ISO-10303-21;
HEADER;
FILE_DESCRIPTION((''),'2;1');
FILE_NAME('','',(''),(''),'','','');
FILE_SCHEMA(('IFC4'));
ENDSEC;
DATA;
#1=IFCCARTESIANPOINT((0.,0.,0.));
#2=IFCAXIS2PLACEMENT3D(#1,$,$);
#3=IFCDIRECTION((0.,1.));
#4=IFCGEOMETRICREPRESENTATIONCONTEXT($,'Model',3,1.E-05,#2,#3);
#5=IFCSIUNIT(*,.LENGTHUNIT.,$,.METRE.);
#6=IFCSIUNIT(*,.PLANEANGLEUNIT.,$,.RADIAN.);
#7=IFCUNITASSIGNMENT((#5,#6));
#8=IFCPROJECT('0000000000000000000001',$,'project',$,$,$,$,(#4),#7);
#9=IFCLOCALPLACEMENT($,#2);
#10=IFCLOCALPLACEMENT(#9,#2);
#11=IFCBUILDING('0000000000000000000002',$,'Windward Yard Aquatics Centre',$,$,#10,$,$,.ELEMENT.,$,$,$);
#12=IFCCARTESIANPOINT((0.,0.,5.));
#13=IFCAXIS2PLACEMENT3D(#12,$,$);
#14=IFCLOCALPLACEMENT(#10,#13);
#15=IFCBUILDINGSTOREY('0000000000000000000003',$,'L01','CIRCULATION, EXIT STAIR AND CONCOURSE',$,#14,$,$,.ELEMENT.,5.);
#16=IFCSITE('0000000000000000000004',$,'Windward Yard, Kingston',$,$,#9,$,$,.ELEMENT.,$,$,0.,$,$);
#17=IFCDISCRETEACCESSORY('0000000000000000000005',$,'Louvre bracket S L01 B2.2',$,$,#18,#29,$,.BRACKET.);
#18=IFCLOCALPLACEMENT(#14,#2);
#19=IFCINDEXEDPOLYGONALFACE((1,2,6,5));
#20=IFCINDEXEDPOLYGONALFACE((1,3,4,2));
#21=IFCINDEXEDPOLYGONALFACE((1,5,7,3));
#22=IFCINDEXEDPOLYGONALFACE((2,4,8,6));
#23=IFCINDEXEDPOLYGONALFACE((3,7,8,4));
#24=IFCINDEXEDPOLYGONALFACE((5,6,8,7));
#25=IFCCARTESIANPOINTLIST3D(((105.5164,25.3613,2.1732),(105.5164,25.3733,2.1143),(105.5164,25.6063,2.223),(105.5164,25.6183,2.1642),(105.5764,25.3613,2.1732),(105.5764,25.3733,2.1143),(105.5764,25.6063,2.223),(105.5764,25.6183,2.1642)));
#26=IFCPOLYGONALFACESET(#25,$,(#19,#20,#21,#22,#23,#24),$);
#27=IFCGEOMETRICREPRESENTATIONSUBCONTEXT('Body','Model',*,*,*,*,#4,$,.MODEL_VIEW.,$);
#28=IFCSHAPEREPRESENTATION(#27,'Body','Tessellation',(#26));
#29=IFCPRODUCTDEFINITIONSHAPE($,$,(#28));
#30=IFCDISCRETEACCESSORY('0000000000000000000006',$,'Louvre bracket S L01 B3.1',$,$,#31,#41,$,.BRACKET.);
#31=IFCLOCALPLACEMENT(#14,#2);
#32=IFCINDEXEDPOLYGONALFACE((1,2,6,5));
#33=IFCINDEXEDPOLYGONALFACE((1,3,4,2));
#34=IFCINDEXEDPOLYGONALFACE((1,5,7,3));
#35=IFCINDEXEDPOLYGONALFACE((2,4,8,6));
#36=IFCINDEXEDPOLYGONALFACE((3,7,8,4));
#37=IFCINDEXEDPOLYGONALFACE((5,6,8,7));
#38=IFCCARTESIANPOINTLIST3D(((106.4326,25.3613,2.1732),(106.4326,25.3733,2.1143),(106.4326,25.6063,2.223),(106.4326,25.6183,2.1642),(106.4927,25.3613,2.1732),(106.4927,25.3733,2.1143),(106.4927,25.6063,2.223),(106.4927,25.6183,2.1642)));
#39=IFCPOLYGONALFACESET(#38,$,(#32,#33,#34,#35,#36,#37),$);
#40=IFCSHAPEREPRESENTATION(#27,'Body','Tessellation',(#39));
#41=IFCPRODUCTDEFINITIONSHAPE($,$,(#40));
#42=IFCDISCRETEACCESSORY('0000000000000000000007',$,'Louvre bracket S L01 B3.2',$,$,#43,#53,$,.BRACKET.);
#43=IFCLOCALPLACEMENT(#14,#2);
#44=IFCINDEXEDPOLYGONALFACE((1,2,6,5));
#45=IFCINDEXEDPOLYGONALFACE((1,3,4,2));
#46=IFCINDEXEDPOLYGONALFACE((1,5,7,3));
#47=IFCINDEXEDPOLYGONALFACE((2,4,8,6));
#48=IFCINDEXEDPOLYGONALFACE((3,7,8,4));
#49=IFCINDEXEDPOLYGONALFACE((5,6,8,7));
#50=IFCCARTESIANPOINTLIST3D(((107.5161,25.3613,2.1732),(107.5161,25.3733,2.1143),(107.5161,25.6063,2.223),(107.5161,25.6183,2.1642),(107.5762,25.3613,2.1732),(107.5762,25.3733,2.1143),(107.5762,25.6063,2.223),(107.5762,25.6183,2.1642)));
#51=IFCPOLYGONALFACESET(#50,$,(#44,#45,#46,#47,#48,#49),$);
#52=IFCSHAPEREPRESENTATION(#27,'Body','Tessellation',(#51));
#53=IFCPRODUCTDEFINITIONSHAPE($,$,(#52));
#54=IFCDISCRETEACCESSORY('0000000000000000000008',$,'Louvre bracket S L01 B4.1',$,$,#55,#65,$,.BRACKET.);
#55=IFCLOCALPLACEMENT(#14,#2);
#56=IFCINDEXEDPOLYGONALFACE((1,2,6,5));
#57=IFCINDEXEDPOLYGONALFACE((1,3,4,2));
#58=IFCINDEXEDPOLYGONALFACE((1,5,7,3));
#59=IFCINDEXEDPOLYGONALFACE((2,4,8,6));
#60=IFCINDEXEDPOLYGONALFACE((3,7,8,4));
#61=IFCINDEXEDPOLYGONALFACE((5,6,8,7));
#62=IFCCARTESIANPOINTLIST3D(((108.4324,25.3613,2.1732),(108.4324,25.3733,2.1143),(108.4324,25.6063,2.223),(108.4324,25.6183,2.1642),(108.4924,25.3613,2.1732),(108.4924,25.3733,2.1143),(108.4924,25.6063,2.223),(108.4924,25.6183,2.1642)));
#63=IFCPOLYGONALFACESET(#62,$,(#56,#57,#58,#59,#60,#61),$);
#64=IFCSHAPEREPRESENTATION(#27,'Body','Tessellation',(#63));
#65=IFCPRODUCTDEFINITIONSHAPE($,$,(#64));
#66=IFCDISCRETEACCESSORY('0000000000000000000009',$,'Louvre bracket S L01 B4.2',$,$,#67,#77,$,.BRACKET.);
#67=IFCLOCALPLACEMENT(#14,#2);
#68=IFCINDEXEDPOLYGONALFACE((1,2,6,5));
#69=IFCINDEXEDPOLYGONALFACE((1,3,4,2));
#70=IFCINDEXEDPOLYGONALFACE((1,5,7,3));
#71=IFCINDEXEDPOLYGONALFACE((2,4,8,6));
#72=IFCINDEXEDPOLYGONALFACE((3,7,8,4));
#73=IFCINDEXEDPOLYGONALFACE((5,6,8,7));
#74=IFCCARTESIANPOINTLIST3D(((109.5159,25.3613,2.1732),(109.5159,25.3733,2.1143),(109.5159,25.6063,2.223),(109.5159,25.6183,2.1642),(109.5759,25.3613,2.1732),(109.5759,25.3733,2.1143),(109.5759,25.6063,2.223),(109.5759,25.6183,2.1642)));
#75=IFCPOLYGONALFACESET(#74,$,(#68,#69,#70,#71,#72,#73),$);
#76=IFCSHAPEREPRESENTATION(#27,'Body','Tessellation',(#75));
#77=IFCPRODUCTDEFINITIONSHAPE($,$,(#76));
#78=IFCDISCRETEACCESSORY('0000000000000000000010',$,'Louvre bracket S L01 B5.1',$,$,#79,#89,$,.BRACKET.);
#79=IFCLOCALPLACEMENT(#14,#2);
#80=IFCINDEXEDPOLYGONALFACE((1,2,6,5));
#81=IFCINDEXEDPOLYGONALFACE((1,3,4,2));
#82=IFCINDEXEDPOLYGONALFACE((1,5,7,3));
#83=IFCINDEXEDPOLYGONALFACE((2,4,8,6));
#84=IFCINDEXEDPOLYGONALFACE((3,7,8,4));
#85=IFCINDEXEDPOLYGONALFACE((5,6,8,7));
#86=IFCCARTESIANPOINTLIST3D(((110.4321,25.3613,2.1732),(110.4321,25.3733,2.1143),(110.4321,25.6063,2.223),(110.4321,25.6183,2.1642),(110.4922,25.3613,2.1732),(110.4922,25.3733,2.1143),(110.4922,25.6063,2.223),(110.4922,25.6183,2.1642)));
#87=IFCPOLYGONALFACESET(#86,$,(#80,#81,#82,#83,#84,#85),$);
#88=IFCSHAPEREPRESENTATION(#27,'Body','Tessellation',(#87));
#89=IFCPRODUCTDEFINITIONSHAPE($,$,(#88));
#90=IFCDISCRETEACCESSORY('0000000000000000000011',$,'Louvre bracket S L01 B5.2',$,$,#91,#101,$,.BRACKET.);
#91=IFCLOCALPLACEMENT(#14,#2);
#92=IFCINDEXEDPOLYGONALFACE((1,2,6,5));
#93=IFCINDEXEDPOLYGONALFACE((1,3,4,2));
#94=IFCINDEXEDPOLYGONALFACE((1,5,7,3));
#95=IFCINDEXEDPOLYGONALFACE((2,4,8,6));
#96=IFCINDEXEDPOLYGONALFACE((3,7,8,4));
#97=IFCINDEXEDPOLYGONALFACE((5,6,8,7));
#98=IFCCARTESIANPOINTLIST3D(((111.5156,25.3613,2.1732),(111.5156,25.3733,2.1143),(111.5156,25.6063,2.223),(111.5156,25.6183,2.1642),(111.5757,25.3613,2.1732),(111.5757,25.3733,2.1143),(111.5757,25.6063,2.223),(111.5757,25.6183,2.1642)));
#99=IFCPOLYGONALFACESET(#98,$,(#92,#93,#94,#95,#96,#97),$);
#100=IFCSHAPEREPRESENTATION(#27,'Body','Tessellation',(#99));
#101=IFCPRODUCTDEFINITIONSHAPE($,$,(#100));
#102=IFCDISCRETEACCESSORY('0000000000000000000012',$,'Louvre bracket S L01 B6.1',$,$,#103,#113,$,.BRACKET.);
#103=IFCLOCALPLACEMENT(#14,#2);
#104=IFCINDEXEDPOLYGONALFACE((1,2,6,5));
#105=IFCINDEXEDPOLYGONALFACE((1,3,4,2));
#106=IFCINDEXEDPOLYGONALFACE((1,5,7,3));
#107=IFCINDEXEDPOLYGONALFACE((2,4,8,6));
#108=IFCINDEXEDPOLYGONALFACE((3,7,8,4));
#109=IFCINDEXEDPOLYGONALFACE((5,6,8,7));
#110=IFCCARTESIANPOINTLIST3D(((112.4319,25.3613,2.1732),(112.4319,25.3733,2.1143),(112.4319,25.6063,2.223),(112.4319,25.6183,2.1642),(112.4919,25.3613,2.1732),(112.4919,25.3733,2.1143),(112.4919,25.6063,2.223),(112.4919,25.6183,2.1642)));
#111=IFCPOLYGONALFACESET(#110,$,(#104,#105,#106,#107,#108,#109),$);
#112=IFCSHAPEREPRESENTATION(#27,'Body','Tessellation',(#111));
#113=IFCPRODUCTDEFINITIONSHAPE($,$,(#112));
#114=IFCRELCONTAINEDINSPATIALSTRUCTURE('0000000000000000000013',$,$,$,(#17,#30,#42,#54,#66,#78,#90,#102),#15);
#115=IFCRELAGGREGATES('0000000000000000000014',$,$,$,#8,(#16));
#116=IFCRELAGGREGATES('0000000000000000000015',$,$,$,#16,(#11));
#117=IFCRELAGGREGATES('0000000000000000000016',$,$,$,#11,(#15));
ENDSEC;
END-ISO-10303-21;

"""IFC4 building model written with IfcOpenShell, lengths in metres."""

from ifc_helpers import new_model, si_unit, direction, frame, origin, origin_2d, place, context, subcontext, project, spatial, rectangle, extrude, element, save


model = new_model("IFC4")

# Units and contexts
model_context = context("Model", 3, precision=1e-05, world=origin(), true_north=direction((0.0, 1.0)))
body_context = subcontext(model_context, "Body", "Model", "MODEL_VIEW")
ifc_project = project(units=[si_unit("LENGTHUNIT", "METRE"), si_unit("PLANEANGLEUNIT", "RADIAN")], contexts=[model_context])

# Site, building, storey
site_placement = place(None, origin())
site = spatial("IfcSite", under=ifc_project, at=site_placement, Name="Windward Yard, Kingston", CompositionType="ELEMENT", RefElevation=0.0)
building_placement = place(site_placement, origin())
building = spatial("IfcBuilding", under=site, at=building_placement, Name="Windward Yard Aquatics Centre", CompositionType="ELEMENT")
storey_placement = place(building_placement, frame((0.0, 0.0, 5.0)))
storey = spatial("IfcBuildingStorey", under=building, at=storey_placement, Name="L01", Description="CIRCULATION, EXIT STAIR AND CONCOURSE", CompositionType="ELEMENT", Elevation=5.0)

# Discrete accessories
for number, where, z_axis, x_axis, name in (
    (1, (105.5464, 25.6123, 2.1936), (0.0, -0.979937, -0.199309), (1.0, 0.0, 0.0), "Louvre bracket S L01 B2.2"),
    (2, (106.4626, 25.6123, 2.1936), (0.0, -0.979937, -0.199309), (1.0, 0.0, 0.0), "Louvre bracket S L01 B3.1"),
    (3, (107.5461, 25.6123, 2.1936), (0.0, -0.979937, -0.199309), (1.0, 0.0, 0.0), "Louvre bracket S L01 B3.2"),
    (4, (108.4624, 25.6123, 2.1936), (0.0, -0.979937, -0.199309), (1.0, 0.0, 0.0), "Louvre bracket S L01 B4.1"),
    (5, (109.5459, 25.6123, 2.1936), (0.0, -0.979937, -0.199309), (1.0, 0.0, 0.0), "Louvre bracket S L01 B4.2"),
    (6, (110.4622, 25.6123, 2.1936), (0.0, -0.979937, -0.199309), (1.0, 0.0, 0.0), "Louvre bracket S L01 B5.1"),
    (7, (111.5457, 25.6123, 2.1936), (0.0, -0.979937, -0.199309), (1.0, 0.0, 0.0), "Louvre bracket S L01 B5.2"),
    (8, (112.4619, 25.6123, 2.1936), (0.0, -0.979937, -0.199309), (1.0, 0.0, 0.0), "Louvre bracket S L01 B6.1"),
):
    element("IfcDiscreteAccessory", number, at=place(storey_placement, frame(where, z_axis=z_axis, x_axis=x_axis)), inside=storey, Name=name, PredefinedType="BRACKET", context=body_context, shape_type="SweptSolid", body=[
        extrude(rectangle(XDim=0.0601, YDim=0.0601, at=origin_2d()), origin(), (0.0, 0.0, 1.0), 0.25),
    ])

save(model, "model.ifc")
